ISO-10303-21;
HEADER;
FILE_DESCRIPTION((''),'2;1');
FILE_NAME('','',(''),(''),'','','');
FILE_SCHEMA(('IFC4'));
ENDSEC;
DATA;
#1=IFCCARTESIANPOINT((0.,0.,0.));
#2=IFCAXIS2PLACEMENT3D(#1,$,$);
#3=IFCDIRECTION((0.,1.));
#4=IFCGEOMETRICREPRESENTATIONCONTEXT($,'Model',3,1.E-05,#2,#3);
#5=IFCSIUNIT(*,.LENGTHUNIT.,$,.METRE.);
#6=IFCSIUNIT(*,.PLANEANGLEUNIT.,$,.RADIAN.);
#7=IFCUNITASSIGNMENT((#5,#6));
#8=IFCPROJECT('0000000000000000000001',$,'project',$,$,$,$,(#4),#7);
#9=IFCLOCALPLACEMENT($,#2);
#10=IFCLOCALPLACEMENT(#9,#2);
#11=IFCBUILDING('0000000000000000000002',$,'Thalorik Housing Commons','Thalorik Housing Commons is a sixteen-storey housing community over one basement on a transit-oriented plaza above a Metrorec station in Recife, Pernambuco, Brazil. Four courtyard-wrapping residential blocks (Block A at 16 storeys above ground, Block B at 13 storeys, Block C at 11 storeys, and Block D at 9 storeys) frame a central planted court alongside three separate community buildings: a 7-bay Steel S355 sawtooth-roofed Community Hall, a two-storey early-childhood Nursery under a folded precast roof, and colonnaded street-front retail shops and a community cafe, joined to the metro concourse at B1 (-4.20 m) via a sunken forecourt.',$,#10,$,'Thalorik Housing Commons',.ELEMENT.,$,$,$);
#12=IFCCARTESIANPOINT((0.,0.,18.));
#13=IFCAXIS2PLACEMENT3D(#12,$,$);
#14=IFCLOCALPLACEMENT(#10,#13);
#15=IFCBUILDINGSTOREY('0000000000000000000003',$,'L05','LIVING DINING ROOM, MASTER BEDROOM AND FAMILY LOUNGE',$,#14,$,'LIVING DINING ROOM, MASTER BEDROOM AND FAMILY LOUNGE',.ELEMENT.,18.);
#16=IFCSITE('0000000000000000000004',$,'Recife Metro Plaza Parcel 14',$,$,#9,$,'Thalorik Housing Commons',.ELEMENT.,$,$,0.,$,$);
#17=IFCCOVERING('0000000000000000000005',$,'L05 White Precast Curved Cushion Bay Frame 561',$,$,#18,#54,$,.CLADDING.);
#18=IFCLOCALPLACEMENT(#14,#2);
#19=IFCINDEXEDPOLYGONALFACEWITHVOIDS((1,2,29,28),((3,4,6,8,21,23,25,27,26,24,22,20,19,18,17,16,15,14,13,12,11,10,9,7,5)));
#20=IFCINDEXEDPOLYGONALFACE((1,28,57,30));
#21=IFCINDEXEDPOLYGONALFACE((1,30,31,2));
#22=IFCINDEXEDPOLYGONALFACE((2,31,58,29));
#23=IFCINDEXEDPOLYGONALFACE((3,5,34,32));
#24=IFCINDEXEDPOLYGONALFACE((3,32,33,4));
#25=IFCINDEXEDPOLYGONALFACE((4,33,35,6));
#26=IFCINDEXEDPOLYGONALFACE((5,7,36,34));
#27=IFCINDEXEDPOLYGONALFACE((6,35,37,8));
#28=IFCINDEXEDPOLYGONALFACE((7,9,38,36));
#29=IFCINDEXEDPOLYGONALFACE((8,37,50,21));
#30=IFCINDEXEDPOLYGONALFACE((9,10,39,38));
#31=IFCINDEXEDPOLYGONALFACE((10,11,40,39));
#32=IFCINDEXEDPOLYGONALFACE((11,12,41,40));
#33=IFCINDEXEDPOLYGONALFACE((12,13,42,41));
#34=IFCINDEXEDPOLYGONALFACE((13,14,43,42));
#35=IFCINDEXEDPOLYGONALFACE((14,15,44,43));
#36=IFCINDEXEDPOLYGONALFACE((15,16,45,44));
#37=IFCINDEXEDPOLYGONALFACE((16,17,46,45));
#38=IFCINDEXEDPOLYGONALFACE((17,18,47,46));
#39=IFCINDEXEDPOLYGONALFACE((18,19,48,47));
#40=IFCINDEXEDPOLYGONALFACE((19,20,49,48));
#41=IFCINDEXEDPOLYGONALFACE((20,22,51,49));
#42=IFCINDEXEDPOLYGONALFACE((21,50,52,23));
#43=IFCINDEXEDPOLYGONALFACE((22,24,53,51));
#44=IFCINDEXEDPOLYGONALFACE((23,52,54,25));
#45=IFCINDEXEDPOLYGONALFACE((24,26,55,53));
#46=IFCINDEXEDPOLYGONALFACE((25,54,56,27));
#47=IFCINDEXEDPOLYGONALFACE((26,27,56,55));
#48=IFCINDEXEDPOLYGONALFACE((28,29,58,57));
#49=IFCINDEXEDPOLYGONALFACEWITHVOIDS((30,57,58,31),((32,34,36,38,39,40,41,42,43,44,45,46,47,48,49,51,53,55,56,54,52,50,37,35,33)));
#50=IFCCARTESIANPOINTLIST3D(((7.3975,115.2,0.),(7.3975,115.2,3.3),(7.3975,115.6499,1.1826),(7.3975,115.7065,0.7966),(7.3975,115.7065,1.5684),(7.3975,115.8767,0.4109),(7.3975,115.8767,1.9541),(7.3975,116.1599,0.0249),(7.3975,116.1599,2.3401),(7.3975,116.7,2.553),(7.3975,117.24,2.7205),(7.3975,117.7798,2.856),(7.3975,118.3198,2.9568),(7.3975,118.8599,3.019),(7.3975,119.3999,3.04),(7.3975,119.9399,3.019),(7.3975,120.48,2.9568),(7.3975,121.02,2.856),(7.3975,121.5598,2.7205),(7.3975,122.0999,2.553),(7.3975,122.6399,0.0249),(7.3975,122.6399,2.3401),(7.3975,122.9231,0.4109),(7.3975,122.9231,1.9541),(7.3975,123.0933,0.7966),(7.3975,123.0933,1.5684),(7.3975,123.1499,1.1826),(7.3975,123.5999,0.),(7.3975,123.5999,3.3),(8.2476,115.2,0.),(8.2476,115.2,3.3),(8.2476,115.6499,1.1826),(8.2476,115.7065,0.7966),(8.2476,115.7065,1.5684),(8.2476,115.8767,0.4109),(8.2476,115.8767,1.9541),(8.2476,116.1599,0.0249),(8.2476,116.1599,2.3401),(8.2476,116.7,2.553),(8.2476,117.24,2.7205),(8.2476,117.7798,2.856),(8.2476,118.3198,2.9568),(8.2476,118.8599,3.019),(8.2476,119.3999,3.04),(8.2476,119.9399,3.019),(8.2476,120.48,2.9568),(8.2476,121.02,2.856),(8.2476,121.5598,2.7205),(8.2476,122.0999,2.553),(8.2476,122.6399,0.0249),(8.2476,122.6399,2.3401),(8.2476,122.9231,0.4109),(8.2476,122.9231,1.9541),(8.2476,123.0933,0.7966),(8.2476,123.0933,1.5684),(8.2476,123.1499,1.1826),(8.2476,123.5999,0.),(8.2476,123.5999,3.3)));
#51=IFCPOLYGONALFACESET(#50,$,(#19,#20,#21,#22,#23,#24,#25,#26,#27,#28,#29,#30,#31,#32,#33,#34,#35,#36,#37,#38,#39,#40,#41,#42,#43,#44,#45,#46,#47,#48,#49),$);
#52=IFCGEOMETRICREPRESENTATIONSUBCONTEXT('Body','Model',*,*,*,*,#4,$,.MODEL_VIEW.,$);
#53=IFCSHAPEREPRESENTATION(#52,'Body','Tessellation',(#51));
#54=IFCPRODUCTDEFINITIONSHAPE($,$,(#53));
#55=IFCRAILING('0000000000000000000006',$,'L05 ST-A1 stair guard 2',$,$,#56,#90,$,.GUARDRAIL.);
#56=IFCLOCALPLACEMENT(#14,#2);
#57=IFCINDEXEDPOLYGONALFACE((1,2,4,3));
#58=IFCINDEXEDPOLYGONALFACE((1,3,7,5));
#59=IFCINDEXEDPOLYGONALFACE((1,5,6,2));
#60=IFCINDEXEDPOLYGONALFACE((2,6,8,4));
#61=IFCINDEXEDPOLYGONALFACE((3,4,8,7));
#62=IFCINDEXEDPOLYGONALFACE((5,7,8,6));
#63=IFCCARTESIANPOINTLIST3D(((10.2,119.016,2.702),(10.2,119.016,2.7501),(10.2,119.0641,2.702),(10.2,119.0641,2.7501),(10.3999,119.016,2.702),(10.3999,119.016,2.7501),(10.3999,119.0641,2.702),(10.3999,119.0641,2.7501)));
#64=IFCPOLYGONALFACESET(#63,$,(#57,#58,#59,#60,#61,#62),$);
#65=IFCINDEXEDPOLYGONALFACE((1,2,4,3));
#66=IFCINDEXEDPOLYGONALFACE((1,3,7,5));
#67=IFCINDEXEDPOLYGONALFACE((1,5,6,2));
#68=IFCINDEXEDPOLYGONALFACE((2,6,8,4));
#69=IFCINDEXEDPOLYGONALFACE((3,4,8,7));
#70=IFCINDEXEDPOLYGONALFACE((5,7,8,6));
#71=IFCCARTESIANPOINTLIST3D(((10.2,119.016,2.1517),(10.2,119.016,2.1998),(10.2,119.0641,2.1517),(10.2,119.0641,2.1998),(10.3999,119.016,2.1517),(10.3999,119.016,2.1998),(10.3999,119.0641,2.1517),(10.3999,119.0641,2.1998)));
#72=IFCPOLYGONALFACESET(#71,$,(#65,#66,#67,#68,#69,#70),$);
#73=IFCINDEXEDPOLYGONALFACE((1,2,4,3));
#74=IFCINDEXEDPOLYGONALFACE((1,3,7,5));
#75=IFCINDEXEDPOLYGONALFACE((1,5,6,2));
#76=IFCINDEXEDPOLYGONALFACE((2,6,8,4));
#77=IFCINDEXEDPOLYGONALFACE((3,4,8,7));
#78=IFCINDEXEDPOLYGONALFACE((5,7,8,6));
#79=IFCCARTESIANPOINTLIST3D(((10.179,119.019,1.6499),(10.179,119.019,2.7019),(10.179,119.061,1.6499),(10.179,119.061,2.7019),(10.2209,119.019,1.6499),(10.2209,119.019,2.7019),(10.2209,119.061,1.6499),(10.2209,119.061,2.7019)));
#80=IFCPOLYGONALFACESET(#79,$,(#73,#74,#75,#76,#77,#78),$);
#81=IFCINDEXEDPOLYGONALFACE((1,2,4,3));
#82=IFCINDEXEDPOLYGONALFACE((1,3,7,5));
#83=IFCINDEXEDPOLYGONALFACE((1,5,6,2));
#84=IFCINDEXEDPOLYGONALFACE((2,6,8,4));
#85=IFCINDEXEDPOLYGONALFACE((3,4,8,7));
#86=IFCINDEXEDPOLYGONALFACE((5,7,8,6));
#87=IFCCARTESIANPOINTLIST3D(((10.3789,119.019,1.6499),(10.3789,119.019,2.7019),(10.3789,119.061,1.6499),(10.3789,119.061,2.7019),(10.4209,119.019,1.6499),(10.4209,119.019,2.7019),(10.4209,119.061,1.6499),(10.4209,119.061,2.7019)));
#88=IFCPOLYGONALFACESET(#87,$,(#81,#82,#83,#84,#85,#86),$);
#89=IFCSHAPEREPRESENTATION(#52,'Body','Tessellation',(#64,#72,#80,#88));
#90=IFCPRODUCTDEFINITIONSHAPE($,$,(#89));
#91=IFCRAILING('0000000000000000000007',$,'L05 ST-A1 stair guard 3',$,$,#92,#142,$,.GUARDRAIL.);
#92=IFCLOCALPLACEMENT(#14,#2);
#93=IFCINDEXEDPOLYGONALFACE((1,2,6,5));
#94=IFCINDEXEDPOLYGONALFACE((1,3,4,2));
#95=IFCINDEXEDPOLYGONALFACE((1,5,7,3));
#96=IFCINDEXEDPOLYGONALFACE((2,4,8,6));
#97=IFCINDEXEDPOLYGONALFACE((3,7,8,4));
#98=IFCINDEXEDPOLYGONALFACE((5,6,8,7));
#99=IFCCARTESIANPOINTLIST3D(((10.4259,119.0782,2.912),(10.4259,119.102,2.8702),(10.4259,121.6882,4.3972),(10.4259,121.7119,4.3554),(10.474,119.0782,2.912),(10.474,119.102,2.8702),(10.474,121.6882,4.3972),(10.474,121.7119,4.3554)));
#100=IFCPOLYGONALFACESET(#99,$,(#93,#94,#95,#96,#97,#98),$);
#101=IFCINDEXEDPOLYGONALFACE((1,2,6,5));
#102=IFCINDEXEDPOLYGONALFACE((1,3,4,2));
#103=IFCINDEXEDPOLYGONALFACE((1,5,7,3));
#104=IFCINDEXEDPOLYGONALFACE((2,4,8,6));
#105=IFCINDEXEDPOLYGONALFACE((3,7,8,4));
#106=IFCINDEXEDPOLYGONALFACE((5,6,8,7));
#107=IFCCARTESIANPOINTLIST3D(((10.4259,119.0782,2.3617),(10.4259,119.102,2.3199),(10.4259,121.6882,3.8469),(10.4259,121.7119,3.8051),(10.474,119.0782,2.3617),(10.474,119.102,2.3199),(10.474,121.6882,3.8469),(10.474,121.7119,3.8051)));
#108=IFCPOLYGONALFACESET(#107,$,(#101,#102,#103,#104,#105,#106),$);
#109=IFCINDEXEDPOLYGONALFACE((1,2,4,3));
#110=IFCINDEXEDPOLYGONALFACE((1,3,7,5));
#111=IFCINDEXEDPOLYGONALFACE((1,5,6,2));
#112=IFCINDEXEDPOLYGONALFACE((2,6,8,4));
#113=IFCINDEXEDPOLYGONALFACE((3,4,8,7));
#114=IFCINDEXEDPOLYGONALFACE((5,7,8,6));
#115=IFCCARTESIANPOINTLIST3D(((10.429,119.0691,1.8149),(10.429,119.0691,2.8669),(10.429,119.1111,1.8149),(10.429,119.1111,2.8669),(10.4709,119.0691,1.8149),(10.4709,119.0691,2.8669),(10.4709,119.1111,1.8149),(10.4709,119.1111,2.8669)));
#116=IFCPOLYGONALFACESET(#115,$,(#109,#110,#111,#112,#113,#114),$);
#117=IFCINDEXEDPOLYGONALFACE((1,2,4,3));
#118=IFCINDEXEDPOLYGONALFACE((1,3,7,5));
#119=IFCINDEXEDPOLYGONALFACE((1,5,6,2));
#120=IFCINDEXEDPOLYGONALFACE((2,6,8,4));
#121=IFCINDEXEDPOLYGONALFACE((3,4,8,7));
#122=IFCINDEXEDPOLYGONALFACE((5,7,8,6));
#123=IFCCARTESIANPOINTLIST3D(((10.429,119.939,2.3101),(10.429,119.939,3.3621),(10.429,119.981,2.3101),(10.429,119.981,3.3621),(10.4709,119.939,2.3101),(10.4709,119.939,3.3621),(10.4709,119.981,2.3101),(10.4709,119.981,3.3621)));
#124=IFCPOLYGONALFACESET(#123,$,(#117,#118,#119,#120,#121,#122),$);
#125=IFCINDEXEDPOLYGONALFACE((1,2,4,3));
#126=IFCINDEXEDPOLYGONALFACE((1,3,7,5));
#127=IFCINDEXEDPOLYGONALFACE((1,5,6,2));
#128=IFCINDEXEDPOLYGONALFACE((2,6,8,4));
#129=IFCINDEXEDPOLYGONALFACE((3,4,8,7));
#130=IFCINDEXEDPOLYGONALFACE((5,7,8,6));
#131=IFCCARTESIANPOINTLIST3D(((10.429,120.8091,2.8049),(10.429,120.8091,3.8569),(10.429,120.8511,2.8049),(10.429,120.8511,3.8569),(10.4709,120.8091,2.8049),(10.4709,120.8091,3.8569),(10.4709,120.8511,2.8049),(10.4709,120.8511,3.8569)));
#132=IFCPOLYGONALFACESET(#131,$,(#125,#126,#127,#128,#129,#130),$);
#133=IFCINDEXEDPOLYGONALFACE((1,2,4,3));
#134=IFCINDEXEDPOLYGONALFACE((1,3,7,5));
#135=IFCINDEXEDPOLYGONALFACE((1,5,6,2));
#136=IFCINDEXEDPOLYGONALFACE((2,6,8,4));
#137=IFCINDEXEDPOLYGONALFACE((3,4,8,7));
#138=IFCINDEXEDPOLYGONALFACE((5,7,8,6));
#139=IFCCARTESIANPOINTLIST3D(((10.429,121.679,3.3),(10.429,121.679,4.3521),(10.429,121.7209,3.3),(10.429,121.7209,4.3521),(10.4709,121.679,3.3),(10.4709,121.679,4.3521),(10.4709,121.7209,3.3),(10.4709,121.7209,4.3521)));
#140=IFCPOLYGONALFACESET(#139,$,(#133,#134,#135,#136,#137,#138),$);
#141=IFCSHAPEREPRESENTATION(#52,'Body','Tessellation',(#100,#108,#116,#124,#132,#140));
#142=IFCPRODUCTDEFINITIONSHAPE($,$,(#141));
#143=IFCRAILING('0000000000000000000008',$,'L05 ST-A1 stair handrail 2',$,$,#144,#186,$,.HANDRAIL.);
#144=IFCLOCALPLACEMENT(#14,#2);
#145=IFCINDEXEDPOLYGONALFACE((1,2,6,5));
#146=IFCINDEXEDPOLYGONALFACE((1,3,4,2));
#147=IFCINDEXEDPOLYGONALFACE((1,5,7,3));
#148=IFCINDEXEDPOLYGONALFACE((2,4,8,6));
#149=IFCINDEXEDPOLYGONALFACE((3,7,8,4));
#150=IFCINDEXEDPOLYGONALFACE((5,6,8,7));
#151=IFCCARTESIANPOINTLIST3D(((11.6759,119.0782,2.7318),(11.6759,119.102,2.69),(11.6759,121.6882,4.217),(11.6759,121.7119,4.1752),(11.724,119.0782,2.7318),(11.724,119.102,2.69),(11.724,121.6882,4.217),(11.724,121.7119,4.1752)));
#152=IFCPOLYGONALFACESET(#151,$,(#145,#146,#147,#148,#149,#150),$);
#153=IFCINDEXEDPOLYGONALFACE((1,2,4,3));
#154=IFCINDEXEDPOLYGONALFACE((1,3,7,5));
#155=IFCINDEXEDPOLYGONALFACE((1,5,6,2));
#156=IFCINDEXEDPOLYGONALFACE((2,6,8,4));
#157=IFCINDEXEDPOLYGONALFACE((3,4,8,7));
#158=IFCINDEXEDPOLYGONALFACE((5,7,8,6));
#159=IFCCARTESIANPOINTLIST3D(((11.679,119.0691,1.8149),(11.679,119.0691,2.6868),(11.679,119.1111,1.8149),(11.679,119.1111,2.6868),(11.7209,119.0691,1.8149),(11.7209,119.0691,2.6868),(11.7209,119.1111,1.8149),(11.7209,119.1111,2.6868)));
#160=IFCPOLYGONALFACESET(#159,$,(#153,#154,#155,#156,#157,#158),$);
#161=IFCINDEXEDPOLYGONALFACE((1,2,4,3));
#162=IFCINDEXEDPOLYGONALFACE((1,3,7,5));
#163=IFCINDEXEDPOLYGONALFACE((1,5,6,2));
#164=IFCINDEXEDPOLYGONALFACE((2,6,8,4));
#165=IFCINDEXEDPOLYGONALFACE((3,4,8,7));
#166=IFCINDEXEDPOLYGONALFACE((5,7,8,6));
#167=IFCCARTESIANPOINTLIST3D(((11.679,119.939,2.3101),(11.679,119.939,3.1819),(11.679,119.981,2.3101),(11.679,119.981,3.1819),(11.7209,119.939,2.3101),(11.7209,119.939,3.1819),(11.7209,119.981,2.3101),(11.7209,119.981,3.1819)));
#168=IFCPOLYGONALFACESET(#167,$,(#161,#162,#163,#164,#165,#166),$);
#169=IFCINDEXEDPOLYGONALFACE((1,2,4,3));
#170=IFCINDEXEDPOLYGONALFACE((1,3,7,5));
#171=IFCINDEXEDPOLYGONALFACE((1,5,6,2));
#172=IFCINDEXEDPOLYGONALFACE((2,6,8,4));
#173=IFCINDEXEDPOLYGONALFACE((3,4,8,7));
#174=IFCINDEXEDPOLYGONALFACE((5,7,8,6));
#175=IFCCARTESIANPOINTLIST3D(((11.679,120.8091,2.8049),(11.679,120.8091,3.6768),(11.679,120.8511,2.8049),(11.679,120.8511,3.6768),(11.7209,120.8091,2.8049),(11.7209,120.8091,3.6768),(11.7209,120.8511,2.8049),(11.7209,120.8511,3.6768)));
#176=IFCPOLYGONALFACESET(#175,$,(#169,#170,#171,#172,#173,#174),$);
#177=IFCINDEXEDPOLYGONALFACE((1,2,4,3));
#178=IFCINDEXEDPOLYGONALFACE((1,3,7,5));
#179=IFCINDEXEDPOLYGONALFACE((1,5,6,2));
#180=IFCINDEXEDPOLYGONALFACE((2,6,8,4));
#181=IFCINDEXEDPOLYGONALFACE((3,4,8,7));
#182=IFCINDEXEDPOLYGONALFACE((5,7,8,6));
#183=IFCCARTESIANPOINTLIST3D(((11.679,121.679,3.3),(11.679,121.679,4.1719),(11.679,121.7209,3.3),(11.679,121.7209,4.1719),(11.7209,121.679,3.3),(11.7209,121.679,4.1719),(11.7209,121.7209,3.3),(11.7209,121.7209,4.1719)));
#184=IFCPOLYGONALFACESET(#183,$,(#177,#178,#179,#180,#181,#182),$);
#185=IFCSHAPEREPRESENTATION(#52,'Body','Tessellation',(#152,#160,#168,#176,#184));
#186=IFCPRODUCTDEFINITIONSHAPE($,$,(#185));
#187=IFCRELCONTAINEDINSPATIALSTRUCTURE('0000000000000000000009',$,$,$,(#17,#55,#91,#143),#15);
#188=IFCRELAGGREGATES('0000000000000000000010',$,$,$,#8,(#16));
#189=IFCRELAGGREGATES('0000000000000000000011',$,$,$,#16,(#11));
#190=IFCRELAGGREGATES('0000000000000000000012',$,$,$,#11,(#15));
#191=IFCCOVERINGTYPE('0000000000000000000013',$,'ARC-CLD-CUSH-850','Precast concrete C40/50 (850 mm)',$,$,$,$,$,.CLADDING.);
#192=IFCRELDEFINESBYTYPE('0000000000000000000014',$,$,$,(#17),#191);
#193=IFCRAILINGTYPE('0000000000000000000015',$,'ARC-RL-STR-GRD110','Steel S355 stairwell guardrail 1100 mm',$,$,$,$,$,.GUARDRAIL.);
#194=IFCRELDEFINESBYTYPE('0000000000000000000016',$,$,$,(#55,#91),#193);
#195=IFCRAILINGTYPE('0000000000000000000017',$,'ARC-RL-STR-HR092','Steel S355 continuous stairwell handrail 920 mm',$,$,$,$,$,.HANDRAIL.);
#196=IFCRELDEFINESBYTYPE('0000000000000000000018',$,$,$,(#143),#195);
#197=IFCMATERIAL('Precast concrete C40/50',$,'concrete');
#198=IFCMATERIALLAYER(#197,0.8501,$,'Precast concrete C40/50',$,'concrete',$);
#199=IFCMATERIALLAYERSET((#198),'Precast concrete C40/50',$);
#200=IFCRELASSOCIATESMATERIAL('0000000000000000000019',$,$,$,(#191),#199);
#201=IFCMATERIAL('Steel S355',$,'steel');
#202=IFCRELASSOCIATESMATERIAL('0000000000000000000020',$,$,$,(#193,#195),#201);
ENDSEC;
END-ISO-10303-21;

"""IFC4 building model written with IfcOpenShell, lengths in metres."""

from ifc_helpers import new_model, si_unit, direction, frame, origin, origin_2d, place, context, subcontext, project, spatial, polyline, rectangle, outline, extrude, material, layer, layer_set, type_object, element, save


model = new_model("IFC4")

# Units and contexts
model_context = context("Model", 3, precision=1e-05, world=origin(), true_north=direction((0.0, 1.0)))
body_context = subcontext(model_context, "Body", "Model", "MODEL_VIEW")
ifc_project = project(units=[si_unit("LENGTHUNIT", "METRE"), si_unit("PLANEANGLEUNIT", "RADIAN")], contexts=[model_context])

# Site, building, storey
site_placement = place(None, origin())
site = spatial("IfcSite", under=ifc_project, at=site_placement, Name="Recife Metro Plaza Parcel 14", LongName="Thalorik Housing Commons", CompositionType="ELEMENT", RefElevation=0.0)
building_placement = place(site_placement, origin())
building = spatial("IfcBuilding", under=site, at=building_placement, Name="Thalorik Housing Commons", Description="Thalorik Housing Commons is a sixteen-storey housing community over one basement on a transit-oriented plaza above a Metrorec station in Recife, Pernambuco, Brazil. Four courtyard-wrapping residential blocks (Block A at 16 storeys above ground, Block B at 13 storeys, Block C at 11 storeys, and Block D at 9 storeys) frame a central planted court alongside three separate community buildings: a 7-bay Steel S355 sawtooth-roofed Community Hall, a two-storey early-childhood Nursery under a folded precast roof, and colonnaded street-front retail shops and a community cafe, joined to the metro concourse at B1 (-4.20 m) via a sunken forecourt.", LongName="Thalorik Housing Commons", CompositionType="ELEMENT")
storey_placement = place(building_placement, frame((0.0, 0.0, 18.0)))
storey = spatial("IfcBuildingStorey", under=building, at=storey_placement, Name="L05", Description="LIVING DINING ROOM, MASTER BEDROOM AND FAMILY LOUNGE", LongName="LIVING DINING ROOM, MASTER BEDROOM AND FAMILY LOUNGE", CompositionType="ELEMENT", Elevation=18.0)

# Shared definitions
ifc_material_1 = material(Name="Precast concrete C40/50", Category="concrete")

# Shared definitions
ifc_material_2 = material(Name="Steel S355", Category="steel")

# Covering
ifc_layer_1 = layer(ifc_material_1, 0.8501, Name="Precast concrete C40/50", Category="concrete")
ifc_layer_set_1 = layer_set([ifc_layer_1], Name="Precast concrete C40/50")
covering_type = type_object("IfcCoveringType", Name="ARC-CLD-CUSH-850", Description="Precast concrete C40/50 (850 mm)", PredefinedType="CLADDING", material=ifc_layer_set_1)
covering_placement = place(storey_placement, frame((7.8225, 119.3999, 0.0), z_axis=(0.0, 0.0, 1.0), x_axis=(0.0, -1.0, 0.0)))
element("IfcCovering", 1, at=covering_placement, inside=storey, type_object=covering_type, Name="L05 White Precast Curved Cushion Bay Frame 561", PredefinedType="CLADDING", context=body_context, shape_type="SweptSolid", body=[
    extrude(outline(polyline([(-4.2, 0.0), (4.2, 0.0), (4.2, 3.3), (-4.2, 3.3), (-4.2, 0.0)]), holes=[polyline([(3.24, 0.0249), (3.5232, 0.4109), (3.6934, 0.7966), (3.75, 1.1826), (3.6934, 1.5684), (3.5232, 1.9541), (3.24, 2.3401), (2.7, 2.553), (2.1599, 2.7205), (1.6201, 2.856), (1.0801, 2.9568), (0.54, 3.019), (0.0, 3.04), (-0.54, 3.019), (-1.0801, 2.9568), (-1.6201, 2.856), (-2.1599, 2.7205), (-2.7, 2.553), (-3.24, 2.3401), (-3.5232, 1.9541), (-3.6934, 1.5684), (-3.75, 1.1826), (-3.6934, 0.7966), (-3.5232, 0.4109), (-3.24, 0.0249), (3.24, 0.0249)])]), frame((0.0, 0.425, 0.0), z_axis=(0.0, -1.0, 0.0), x_axis=(1.0, 0.0, 0.0)), (0.0, 0.0, 1.0), 0.8501),
])

# Railings
railing_type_1 = type_object("IfcRailingType", Name="ARC-RL-STR-GRD110", Description="Steel S355 stairwell guardrail 1100 mm", PredefinedType="GUARDRAIL", material=ifc_material_2)
railing_1_placement = place(storey_placement, frame((10.2, 119.04, 1.6499)))
element("IfcRailing", 2, at=railing_1_placement, inside=storey, type_object=railing_type_1, Name="L05 ST-A1 stair guard 2", PredefinedType="GUARDRAIL", context=body_context, shape_type="SweptSolid", body=[
    extrude(rectangle(XDim=0.0481, YDim=0.0481, at=origin_2d()), frame((0.0, 0.0, 1.0762), z_axis=(1.0, 0.0, 0.0), x_axis=(0.0, 1.0, 0.0)), (0.0, 0.0, 1.0), 0.2),
    extrude(rectangle(XDim=0.0481, YDim=0.0481, at=origin_2d()), frame((0.0, 0.0, 0.5259), z_axis=(1.0, 0.0, 0.0), x_axis=(0.0, 1.0, 0.0)), (0.0, 0.0, 1.0), 0.2),
    extrude(rectangle(XDim=0.042, YDim=0.042, at=origin_2d()), origin(), (0.0, 0.0, 1.0), 1.052),
    extrude(rectangle(XDim=0.042, YDim=0.042, at=origin_2d()), frame((0.2, 0.0, 0.0)), (0.0, 0.0, 1.0), 1.052),
])
railing_2_placement = place(storey_placement, frame((10.45, 119.0901, 1.8149)))
element("IfcRailing", 3, at=railing_2_placement, inside=storey, type_object=railing_type_1, Name="L05 ST-A1 stair guard 3", PredefinedType="GUARDRAIL", context=body_context, shape_type="SweptSolid", body=[
    extrude(rectangle(XDim=0.0481, YDim=0.0481, at=origin_2d()), frame((0.0, 0.0, 1.0762), z_axis=(0.0, 0.869137, 0.494571), x_axis=(-1.0, 0.0, 0.0)), (0.0, 0.0, 1.0), 3.0029),
    extrude(rectangle(XDim=0.0481, YDim=0.0481, at=origin_2d()), frame((0.0, 0.0, 0.5259), z_axis=(0.0, 0.869137, 0.494571), x_axis=(-1.0, 0.0, 0.0)), (0.0, 0.0, 1.0), 3.0029),
    extrude(rectangle(XDim=0.042, YDim=0.042, at=origin_2d()), origin(), (0.0, 0.0, 1.0), 1.052),
    extrude(rectangle(XDim=0.042, YDim=0.042, at=origin_2d()), frame((0.0, 0.8699, 0.4951)), (0.0, 0.0, 1.0), 1.052),
    extrude(rectangle(XDim=0.042, YDim=0.042, at=origin_2d()), frame((0.0, 1.74, 0.99)), (0.0, 0.0, 1.0), 1.052),
    extrude(rectangle(XDim=0.042, YDim=0.042, at=origin_2d()), frame((0.0, 2.6099, 1.4851)), (0.0, 0.0, 1.0), 1.052),
])
railing_type_2 = type_object("IfcRailingType", Name="ARC-RL-STR-HR092", Description="Steel S355 continuous stairwell handrail 920 mm", PredefinedType="HANDRAIL", material=ifc_material_2)
railing_3_placement = place(storey_placement, frame((11.7, 119.0901, 1.8149)))
element("IfcRailing", 4, at=railing_3_placement, inside=storey, type_object=railing_type_2, Name="L05 ST-A1 stair handrail 2", PredefinedType="HANDRAIL", context=body_context, shape_type="SweptSolid", body=[
    extrude(rectangle(XDim=0.0481, YDim=0.0481, at=origin_2d()), frame((0.0, 0.0, 0.896), z_axis=(0.0, 0.869137, 0.494571), x_axis=(-1.0, 0.0, 0.0)), (0.0, 0.0, 1.0), 3.0029),
    extrude(rectangle(XDim=0.042, YDim=0.042, at=origin_2d()), origin(), (0.0, 0.0, 1.0), 0.8718),
    extrude(rectangle(XDim=0.042, YDim=0.042, at=origin_2d()), frame((0.0, 0.8699, 0.4951)), (0.0, 0.0, 1.0), 0.8718),
    extrude(rectangle(XDim=0.042, YDim=0.042, at=origin_2d()), frame((0.0, 1.74, 0.99)), (0.0, 0.0, 1.0), 0.8718),
    extrude(rectangle(XDim=0.042, YDim=0.042, at=origin_2d()), frame((0.0, 2.6099, 1.4851)), (0.0, 0.0, 1.0), 0.8718),
])

save(model, "model.ifc")
